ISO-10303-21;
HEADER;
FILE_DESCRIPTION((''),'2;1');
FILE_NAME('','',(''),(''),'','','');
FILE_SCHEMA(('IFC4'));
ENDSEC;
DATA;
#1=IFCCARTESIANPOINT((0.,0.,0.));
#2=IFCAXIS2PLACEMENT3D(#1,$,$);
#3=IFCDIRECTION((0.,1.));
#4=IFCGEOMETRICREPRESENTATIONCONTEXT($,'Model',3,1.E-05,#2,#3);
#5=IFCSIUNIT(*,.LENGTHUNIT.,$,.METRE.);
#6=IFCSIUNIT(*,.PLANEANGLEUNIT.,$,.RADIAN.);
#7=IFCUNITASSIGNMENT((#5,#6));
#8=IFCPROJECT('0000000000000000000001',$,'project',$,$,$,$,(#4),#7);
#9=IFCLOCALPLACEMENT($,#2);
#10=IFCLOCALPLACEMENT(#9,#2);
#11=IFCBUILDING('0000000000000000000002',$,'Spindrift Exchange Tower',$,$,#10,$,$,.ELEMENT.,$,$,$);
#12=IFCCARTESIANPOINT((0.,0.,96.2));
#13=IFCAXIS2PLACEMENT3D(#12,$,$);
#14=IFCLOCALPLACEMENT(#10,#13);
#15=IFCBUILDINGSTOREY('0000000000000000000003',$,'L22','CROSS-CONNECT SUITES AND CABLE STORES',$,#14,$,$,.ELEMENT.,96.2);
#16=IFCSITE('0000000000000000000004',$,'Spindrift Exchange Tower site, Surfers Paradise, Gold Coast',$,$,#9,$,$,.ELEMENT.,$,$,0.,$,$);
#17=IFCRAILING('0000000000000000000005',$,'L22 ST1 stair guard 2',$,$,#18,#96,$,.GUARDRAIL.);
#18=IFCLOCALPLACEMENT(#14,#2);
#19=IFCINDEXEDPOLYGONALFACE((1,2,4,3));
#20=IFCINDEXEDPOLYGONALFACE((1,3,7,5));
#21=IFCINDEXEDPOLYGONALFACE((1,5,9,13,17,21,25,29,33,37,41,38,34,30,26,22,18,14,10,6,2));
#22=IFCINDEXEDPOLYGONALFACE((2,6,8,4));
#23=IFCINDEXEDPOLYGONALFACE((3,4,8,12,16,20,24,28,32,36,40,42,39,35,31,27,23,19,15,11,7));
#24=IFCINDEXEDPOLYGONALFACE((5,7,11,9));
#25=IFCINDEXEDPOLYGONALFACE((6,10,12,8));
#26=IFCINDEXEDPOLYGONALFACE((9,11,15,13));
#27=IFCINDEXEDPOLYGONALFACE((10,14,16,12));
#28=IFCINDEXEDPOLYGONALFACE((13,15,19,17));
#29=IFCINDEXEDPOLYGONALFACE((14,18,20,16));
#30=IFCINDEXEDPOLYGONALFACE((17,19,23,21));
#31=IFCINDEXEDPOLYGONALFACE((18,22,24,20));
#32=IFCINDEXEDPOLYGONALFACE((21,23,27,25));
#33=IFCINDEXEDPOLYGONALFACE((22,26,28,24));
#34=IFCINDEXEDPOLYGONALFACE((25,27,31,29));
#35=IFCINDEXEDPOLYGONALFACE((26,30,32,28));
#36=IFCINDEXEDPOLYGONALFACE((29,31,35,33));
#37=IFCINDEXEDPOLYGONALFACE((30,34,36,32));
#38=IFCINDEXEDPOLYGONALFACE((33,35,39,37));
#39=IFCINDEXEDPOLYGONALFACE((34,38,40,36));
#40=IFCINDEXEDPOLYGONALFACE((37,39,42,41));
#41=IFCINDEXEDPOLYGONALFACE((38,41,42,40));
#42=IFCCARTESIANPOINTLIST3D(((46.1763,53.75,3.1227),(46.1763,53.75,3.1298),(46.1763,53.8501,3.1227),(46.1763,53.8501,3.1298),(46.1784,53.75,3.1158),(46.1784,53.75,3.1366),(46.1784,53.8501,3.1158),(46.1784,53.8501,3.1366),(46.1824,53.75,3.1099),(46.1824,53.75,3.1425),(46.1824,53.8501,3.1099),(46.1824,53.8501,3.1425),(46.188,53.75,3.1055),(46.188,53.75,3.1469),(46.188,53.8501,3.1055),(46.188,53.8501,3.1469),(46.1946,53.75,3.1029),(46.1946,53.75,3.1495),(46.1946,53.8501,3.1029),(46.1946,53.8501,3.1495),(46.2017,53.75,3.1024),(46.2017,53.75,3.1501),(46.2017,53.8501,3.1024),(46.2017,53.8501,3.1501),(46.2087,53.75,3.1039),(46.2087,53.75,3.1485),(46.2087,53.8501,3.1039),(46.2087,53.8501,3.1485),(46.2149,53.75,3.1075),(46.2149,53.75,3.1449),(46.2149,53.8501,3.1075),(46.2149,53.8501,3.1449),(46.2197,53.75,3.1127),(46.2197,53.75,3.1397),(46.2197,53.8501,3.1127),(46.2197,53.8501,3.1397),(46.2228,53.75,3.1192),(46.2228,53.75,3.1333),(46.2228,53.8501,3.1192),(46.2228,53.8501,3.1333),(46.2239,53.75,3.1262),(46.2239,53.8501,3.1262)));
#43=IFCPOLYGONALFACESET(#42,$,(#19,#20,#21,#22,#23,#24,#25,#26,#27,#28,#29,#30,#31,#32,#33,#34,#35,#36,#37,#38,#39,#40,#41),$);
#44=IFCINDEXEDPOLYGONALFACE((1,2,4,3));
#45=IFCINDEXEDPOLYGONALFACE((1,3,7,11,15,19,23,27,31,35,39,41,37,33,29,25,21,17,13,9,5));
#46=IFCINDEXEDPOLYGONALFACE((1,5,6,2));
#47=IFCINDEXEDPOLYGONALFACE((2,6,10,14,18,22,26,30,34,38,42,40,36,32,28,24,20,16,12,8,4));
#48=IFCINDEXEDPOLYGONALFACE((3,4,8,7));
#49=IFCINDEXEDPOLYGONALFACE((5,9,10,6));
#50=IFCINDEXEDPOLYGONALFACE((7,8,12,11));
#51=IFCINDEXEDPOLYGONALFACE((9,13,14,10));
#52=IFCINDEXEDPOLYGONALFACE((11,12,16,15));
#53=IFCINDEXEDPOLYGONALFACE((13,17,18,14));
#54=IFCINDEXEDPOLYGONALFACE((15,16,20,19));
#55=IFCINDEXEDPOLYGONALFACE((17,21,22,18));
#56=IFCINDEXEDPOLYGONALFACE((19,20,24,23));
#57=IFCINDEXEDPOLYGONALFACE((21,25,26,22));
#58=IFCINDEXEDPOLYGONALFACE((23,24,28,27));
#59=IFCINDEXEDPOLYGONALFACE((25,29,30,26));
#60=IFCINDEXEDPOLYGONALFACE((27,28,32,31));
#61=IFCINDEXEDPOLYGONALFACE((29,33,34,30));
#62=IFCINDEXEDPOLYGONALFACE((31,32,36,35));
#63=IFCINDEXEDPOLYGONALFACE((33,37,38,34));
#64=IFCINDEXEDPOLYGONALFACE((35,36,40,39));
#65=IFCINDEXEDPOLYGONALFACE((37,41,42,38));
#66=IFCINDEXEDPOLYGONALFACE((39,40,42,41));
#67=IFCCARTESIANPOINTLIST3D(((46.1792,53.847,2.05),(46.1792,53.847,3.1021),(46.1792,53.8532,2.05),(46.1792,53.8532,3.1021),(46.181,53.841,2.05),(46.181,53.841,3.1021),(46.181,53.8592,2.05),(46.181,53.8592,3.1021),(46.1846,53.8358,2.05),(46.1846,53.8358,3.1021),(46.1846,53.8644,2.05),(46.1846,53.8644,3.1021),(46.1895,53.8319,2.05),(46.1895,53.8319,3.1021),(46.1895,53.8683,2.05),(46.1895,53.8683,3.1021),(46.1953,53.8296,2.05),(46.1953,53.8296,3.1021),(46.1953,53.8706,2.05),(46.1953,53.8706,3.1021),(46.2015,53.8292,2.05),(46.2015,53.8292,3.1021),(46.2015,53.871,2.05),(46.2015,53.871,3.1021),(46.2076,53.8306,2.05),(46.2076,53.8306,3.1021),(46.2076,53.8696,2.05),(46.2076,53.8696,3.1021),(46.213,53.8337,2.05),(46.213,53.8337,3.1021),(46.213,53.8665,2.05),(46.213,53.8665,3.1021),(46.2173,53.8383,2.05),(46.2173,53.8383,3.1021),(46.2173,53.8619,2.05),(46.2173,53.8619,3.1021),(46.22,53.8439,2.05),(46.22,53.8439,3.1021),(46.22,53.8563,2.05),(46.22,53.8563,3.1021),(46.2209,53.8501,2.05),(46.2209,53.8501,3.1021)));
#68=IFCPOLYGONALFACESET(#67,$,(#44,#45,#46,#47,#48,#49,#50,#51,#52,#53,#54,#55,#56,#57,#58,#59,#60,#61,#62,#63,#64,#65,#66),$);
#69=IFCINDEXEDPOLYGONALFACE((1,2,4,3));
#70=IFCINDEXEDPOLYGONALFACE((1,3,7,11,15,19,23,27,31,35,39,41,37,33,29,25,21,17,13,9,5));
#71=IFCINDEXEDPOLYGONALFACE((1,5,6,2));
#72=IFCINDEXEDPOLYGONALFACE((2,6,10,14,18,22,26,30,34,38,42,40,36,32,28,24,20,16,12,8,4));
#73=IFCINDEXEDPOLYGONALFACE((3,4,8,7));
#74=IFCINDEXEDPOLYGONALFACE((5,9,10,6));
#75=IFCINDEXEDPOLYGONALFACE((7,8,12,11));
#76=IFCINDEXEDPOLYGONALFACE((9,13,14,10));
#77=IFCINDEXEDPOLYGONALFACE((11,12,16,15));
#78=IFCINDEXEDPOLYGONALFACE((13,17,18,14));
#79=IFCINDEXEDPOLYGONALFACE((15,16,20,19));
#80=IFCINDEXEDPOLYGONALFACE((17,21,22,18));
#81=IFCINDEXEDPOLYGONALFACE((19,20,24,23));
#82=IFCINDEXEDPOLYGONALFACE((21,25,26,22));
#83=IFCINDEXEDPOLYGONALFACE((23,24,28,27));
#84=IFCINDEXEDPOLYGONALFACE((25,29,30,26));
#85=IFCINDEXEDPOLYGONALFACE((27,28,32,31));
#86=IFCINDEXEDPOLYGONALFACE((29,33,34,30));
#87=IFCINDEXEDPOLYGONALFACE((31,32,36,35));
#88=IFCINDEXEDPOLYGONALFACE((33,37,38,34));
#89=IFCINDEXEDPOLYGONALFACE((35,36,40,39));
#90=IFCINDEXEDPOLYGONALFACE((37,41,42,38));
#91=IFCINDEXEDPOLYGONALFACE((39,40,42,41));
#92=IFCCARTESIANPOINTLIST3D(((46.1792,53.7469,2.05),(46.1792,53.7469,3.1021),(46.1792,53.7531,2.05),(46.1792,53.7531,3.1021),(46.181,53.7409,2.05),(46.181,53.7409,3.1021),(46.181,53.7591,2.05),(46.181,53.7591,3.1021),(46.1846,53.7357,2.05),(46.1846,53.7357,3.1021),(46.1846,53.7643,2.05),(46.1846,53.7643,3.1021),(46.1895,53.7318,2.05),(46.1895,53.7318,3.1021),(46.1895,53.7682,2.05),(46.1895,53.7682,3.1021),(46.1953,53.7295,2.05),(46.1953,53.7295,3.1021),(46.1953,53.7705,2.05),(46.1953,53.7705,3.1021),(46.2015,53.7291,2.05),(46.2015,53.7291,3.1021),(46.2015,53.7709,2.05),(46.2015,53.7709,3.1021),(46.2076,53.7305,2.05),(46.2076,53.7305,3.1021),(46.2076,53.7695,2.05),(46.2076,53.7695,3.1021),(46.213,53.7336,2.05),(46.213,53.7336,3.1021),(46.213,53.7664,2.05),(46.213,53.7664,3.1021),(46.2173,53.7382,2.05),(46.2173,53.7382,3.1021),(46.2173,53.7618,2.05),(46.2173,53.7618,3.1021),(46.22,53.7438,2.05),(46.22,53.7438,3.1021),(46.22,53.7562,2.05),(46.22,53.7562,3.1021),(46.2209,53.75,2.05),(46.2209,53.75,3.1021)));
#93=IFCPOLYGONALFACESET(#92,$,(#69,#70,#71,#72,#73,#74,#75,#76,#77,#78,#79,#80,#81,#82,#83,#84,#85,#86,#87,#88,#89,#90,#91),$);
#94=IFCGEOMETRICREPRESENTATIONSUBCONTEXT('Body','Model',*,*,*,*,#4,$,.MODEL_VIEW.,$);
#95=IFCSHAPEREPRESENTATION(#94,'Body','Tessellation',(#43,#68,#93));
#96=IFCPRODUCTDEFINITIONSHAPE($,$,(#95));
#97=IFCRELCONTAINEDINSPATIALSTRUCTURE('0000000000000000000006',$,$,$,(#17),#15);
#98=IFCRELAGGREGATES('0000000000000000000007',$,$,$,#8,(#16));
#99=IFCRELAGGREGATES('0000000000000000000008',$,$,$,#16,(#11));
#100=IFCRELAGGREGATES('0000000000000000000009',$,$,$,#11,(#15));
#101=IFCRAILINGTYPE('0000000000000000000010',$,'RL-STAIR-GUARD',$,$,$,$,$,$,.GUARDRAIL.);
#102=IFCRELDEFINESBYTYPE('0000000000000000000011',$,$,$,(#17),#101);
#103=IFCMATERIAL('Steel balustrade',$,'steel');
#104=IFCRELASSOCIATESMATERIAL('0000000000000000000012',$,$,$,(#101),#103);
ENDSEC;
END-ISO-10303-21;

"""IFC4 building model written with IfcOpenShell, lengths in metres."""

from ifc_helpers import new_model, si_unit, direction, frame, origin, origin_2d, place, context, subcontext, project, spatial, circle, extrude, material, type_object, element, save


model = new_model("IFC4")

# Units and contexts
model_context = context("Model", 3, precision=1e-05, world=origin(), true_north=direction((0.0, 1.0)))
body_context = subcontext(model_context, "Body", "Model", "MODEL_VIEW")
ifc_project = project(units=[si_unit("LENGTHUNIT", "METRE"), si_unit("PLANEANGLEUNIT", "RADIAN")], contexts=[model_context])

# Site, building, storey
site_placement = place(None, origin())
site = spatial("IfcSite", under=ifc_project, at=site_placement, Name="Spindrift Exchange Tower site, Surfers Paradise, Gold Coast", CompositionType="ELEMENT", RefElevation=0.0)
building_placement = place(site_placement, origin())
building = spatial("IfcBuilding", under=site, at=building_placement, Name="Spindrift Exchange Tower", CompositionType="ELEMENT")
storey_placement = place(building_placement, frame((0.0, 0.0, 96.2)))
storey = spatial("IfcBuildingStorey", under=building, at=storey_placement, Name="L22", Description="CROSS-CONNECT SUITES AND CABLE STORES", CompositionType="ELEMENT", Elevation=96.2)

# Railing
ifc_material_1 = material(Name="Steel balustrade", Category="steel")
railing_type_1 = type_object("IfcRailingType", Name="RL-STAIR-GUARD", PredefinedType="GUARDRAIL", material=ifc_material_1)
railing_1_placement = place(storey_placement, frame((46.2, 53.8501, 2.05)))
element("IfcRailing", 1, at=railing_1_placement, inside=storey, type_object=railing_type_1, Name="L22 ST1 stair guard 2", PredefinedType="GUARDRAIL", context=body_context, shape_type="SweptSolid", body=[
    extrude(circle(Radius=0.0239, at=origin_2d()), frame((0.0, 0.0, 1.0762), z_axis=(0.0, -1.0, 0.0), x_axis=(1.0, 0.0, 0.0)), (0.0, 0.0, 1.0), 0.1001),
    extrude(circle(Radius=0.021, at=origin_2d()), origin(), (0.0, 0.0, 1.0), 1.052),
    extrude(circle(Radius=0.021, at=origin_2d()), frame((0.0, -0.1001, 0.0)), (0.0, 0.0, 1.0), 1.052),
])

save(model, "model.ifc")
